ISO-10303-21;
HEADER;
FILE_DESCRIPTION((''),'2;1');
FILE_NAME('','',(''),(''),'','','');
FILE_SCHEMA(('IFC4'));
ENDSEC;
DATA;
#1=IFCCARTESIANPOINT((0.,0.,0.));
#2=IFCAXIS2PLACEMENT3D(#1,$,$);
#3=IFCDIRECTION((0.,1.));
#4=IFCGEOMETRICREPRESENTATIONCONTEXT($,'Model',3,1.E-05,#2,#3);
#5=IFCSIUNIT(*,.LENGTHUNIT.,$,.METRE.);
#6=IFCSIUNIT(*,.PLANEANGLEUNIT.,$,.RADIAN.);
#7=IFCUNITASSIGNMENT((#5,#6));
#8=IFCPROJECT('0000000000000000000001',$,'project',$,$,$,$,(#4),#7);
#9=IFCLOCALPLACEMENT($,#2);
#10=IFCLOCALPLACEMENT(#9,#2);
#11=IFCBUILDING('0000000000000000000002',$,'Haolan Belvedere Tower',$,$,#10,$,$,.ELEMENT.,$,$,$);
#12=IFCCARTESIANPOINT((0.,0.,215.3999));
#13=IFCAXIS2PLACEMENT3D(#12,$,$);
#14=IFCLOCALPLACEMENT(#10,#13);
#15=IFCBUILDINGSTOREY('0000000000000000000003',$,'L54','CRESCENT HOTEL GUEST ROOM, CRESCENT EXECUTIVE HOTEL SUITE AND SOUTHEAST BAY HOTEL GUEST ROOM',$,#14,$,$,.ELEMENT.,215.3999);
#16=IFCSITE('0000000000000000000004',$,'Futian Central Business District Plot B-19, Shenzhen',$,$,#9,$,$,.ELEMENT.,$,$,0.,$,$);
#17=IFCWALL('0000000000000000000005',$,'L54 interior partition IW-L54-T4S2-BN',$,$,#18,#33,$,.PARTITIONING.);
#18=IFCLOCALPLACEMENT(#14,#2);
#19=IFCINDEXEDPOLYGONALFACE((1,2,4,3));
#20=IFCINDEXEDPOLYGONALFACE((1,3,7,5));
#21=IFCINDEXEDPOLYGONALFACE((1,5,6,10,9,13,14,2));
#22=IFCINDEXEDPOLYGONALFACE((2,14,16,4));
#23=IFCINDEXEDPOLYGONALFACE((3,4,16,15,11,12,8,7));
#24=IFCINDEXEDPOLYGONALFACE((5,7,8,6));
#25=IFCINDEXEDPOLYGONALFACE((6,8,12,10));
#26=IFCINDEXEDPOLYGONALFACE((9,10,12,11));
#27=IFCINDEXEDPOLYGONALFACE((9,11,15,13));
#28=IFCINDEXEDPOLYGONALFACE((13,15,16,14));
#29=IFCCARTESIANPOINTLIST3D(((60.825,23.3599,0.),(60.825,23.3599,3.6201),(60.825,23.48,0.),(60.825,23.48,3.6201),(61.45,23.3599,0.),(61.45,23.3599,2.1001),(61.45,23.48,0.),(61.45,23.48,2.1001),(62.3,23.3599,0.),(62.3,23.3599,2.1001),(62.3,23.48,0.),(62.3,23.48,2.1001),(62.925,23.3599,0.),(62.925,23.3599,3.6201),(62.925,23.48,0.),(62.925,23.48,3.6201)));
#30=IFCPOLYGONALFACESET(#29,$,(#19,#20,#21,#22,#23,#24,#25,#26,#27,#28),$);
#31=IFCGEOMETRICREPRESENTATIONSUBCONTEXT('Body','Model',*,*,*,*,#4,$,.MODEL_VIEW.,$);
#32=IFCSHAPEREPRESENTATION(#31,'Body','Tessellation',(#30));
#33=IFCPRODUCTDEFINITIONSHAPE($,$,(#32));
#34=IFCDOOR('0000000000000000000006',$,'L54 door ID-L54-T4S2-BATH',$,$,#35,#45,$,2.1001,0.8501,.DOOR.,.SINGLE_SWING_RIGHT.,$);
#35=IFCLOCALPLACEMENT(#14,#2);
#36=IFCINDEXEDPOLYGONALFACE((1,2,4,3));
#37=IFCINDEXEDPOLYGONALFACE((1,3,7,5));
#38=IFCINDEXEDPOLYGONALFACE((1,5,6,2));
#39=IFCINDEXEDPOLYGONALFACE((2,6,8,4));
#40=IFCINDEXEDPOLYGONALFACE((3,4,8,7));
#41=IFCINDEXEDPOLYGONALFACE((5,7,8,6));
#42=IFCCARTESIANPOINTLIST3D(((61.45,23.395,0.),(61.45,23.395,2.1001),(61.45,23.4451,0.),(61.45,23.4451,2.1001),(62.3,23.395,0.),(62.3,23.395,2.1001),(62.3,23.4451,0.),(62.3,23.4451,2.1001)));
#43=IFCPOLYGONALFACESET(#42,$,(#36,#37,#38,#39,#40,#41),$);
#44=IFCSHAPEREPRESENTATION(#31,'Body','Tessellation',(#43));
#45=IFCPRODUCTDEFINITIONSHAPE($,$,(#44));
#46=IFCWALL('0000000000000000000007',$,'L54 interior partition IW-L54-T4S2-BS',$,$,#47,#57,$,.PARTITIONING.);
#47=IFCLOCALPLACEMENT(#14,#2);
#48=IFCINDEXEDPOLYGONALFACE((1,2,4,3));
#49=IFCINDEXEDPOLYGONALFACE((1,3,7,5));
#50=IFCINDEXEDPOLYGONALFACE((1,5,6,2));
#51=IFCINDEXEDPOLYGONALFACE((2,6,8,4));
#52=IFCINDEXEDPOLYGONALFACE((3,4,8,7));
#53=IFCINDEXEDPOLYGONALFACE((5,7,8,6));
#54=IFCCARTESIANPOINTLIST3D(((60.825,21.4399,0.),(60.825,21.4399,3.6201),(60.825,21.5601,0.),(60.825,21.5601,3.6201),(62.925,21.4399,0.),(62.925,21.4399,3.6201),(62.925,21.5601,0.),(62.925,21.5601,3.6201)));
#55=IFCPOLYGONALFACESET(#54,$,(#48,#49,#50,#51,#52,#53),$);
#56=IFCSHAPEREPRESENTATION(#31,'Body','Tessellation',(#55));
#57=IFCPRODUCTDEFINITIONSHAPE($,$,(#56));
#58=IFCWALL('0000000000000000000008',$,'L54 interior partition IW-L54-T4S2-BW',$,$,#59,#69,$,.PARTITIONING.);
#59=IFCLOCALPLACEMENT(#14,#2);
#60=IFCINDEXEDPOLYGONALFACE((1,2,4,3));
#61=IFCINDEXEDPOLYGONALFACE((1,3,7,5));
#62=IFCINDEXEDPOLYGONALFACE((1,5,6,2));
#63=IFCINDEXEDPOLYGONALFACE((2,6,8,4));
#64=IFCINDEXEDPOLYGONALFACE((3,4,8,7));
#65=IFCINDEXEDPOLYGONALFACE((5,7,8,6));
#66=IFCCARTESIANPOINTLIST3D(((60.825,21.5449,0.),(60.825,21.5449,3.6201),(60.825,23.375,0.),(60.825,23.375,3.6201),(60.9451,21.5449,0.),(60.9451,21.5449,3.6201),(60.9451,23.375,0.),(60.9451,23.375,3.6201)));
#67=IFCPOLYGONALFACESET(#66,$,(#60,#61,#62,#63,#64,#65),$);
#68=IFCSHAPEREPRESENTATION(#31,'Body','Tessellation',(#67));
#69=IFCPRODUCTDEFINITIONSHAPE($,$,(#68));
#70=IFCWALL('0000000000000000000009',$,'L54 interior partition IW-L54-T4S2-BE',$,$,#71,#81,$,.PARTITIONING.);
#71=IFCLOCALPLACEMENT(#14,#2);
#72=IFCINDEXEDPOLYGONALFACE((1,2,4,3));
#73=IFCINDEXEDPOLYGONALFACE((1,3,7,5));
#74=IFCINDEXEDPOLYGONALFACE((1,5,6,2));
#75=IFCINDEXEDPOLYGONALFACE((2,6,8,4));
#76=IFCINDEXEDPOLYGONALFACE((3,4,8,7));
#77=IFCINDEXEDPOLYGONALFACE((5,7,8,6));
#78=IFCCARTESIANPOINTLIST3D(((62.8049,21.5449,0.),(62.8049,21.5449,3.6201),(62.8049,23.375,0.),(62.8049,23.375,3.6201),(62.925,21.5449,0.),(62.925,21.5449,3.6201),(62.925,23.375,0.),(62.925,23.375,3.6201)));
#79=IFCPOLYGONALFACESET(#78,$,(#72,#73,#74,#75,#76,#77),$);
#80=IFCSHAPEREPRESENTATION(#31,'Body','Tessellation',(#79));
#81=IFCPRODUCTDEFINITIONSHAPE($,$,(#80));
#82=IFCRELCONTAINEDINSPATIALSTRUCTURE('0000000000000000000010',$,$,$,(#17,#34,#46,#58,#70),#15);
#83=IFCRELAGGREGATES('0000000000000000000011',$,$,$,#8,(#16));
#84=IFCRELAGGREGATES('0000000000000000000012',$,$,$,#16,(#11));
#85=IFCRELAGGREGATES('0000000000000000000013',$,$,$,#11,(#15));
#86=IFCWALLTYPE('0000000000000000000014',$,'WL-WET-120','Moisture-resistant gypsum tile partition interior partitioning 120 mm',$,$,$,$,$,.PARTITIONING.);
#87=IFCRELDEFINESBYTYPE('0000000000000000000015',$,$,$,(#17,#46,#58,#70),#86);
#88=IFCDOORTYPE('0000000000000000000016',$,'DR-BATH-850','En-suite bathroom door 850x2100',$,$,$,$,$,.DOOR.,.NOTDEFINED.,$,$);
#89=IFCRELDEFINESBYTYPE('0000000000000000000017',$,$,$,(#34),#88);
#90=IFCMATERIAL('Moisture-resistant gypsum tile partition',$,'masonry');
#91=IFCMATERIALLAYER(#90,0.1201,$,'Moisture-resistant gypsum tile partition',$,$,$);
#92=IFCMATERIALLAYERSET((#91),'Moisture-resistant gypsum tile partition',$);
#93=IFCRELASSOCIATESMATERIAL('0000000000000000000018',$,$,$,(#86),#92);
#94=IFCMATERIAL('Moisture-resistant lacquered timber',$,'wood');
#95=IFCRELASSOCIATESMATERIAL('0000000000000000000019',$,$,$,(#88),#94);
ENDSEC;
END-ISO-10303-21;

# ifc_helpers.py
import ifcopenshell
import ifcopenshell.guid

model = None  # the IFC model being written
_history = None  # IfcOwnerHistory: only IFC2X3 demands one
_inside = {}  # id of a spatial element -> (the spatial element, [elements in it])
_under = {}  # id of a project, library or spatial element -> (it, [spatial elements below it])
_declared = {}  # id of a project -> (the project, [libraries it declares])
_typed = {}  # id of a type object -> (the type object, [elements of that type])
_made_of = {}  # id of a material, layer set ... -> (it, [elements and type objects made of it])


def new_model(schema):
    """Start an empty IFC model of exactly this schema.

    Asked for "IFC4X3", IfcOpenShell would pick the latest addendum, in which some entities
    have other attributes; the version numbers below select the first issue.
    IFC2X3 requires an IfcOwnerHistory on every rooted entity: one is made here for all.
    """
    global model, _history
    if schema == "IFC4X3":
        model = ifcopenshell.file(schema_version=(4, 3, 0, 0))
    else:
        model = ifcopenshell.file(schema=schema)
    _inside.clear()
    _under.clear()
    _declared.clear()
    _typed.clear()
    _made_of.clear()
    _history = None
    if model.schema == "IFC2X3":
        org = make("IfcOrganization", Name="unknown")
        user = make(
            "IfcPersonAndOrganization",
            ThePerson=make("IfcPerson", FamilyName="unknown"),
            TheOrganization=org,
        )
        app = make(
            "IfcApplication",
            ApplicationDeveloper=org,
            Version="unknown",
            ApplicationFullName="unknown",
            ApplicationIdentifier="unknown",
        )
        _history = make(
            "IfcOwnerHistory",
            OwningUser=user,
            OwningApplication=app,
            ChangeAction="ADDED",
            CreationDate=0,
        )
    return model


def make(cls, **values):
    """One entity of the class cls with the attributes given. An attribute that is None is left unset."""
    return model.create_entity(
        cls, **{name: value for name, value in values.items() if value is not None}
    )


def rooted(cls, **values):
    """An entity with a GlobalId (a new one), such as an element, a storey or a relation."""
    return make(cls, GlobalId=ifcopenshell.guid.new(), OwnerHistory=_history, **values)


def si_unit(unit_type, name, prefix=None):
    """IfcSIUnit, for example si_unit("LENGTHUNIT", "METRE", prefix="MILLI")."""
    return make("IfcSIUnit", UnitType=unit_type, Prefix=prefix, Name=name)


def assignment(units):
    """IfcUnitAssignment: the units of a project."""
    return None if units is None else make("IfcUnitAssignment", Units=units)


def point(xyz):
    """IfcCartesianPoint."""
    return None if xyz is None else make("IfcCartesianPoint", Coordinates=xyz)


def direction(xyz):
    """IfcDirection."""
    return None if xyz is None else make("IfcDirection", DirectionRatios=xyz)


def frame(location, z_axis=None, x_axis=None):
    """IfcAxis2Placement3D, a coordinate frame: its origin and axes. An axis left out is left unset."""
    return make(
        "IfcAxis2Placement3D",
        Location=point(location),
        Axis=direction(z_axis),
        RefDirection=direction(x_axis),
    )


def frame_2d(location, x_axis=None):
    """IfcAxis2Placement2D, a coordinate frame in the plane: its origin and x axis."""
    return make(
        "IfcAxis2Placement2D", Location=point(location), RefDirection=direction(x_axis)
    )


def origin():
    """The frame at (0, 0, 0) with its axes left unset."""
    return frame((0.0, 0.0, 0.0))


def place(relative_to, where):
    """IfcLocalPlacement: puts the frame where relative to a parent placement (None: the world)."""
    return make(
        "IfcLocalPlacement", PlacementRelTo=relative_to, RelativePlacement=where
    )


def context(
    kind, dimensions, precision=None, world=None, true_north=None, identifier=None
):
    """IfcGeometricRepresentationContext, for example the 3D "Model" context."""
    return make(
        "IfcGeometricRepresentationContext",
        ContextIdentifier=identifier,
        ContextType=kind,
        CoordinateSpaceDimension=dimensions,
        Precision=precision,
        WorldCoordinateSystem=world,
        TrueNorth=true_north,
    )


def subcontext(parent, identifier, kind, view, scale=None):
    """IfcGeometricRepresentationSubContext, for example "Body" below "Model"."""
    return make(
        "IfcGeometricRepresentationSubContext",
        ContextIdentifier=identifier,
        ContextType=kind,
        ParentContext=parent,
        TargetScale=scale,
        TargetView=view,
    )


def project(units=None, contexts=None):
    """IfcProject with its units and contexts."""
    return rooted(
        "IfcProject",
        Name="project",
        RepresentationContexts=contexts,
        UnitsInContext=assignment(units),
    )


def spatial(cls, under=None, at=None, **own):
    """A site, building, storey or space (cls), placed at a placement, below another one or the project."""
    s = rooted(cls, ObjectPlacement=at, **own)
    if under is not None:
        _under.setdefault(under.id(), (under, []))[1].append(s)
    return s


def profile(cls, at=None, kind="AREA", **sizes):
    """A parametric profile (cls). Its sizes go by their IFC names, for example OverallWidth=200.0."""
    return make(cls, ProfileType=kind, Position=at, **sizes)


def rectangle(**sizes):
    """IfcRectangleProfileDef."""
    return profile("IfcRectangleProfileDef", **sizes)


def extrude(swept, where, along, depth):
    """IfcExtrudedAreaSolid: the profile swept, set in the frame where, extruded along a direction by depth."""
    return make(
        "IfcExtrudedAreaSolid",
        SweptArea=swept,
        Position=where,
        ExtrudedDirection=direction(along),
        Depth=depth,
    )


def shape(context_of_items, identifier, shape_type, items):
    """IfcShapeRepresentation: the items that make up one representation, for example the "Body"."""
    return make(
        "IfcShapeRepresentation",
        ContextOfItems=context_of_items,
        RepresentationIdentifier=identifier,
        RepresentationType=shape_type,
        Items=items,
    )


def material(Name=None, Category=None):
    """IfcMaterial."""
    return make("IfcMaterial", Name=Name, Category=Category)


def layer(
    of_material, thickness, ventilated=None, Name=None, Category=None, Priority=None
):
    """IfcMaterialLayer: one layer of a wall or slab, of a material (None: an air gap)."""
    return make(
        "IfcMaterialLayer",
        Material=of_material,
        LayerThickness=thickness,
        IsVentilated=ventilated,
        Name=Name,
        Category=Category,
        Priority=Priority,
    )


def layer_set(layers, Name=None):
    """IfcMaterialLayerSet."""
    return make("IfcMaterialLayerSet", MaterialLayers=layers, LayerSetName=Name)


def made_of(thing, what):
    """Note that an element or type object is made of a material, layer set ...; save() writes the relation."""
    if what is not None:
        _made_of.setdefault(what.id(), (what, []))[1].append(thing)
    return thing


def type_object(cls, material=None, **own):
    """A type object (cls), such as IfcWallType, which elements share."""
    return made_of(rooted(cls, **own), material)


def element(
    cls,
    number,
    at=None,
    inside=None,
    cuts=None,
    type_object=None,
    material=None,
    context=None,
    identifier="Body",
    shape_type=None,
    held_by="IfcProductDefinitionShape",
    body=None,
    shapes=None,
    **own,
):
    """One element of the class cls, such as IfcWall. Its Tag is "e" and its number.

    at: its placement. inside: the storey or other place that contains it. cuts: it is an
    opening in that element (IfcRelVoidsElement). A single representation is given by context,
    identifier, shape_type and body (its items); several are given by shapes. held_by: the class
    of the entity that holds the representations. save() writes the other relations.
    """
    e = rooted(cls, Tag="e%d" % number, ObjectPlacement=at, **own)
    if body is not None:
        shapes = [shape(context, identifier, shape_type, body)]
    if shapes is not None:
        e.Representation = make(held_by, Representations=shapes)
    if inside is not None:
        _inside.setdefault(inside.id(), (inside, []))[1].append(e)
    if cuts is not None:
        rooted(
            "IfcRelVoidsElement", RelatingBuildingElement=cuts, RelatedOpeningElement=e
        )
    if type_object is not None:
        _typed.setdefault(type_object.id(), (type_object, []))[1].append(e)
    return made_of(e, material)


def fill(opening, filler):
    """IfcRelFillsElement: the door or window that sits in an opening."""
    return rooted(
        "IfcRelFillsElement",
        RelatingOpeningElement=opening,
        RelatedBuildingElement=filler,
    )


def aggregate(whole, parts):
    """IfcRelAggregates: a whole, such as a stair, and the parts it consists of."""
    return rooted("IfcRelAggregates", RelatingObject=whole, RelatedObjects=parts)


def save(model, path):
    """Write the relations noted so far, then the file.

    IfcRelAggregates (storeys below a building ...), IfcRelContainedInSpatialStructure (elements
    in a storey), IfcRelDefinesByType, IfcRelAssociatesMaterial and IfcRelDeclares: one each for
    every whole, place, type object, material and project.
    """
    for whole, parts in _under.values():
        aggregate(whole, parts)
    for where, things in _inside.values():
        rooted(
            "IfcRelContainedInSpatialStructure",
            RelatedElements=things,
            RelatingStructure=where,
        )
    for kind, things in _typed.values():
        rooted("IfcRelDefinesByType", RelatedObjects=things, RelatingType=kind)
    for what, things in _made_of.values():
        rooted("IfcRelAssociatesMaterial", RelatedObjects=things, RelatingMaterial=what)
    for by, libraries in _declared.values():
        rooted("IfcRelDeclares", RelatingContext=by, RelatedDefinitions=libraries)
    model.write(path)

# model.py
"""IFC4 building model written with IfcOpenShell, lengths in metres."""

from ifc_helpers import new_model, si_unit, direction, frame, frame_2d, origin, place, context, subcontext, project, spatial, rectangle, extrude, material, layer, layer_set, type_object, element, fill, save


model = new_model("IFC4")

# Units and contexts
model_context = context("Model", 3, precision=1e-05, world=origin(), true_north=direction((0.0, 1.0)))
body_context = subcontext(model_context, "Body", "Model", "MODEL_VIEW")
ifc_project = project(units=[si_unit("LENGTHUNIT", "METRE"), si_unit("PLANEANGLEUNIT", "RADIAN")], contexts=[model_context])

# Site, building, storey
site_placement = place(None, origin())
site = spatial("IfcSite", under=ifc_project, at=site_placement, Name="Futian Central Business District Plot B-19, Shenzhen", CompositionType="ELEMENT", RefElevation=0.0)
building_placement = place(site_placement, origin())
building = spatial("IfcBuilding", under=site, at=building_placement, Name="Haolan Belvedere Tower", CompositionType="ELEMENT")
storey_placement = place(building_placement, frame((0.0, 0.0, 215.3999)))
storey = spatial("IfcBuildingStorey", under=building, at=storey_placement, Name="L54", Description="CRESCENT HOTEL GUEST ROOM, CRESCENT EXECUTIVE HOTEL SUITE AND SOUTHEAST BAY HOTEL GUEST ROOM", CompositionType="ELEMENT", Elevation=215.3999)

# Shared definitions
ifc_material_1 = material(Name="Moisture-resistant gypsum tile partition", Category="masonry")
ifc_layer_1 = layer(ifc_material_1, 0.1201, Name="Moisture-resistant gypsum tile partition")
ifc_layer_set_1 = layer_set([ifc_layer_1], Name="Moisture-resistant gypsum tile partition")
wall_type_1 = type_object("IfcWallType", Name="WL-WET-120", Description="Moisture-resistant gypsum tile partition interior partitioning 120 mm", PredefinedType="PARTITIONING", material=ifc_layer_set_1)

# Shared definitions
ifc_material_2 = material(Name="Moisture-resistant lacquered timber", Category="wood")
door_type = type_object("IfcDoorType", Name="DR-BATH-850", Description="En-suite bathroom door 850x2100", OperationType="NOTDEFINED", PredefinedType="DOOR", material=ifc_material_2)

# Wall, opening, door
wall_1_placement = place(storey_placement, frame((60.825, 23.4199, 0.0), z_axis=(0.0, 0.0, 1.0), x_axis=(1.0, 0.0, 0.0)))
wall_1 = element("IfcWall", 1, at=wall_1_placement, inside=storey, type_object=wall_type_1, Name="L54 interior partition IW-L54-T4S2-BN", PredefinedType="PARTITIONING", context=body_context, shape_type="SweptSolid", body=[
    extrude(rectangle(XDim=2.1001, YDim=0.1201, at=frame_2d((1.05, 0.0))), origin(), (0.0, 0.0, 1.0), 3.6201),
])
opening_1_placement = place(wall_1_placement, frame((1.4751, 0.0, 0.0), z_axis=(0.0, 0.0, 1.0), x_axis=(-1.0, 0.0, 0.0)))
opening_1 = element("IfcOpeningElement", 2, at=opening_1_placement, cuts=wall_1, PredefinedType="OPENING", context=body_context, shape_type="SweptSolid", body=[
    extrude(rectangle(XDim=0.8501, YDim=2.1001, at=frame_2d((0.425, 1.05))), frame((0.0, 0.0701, 0.0), z_axis=(0.0, -1.0, 0.0), x_axis=(1.0, 0.0, 0.0)), (0.0, 0.0, 1.0), 0.1401),
])
door_1_placement = place(opening_1_placement, origin())
door_1 = element("IfcDoor", 3, at=door_1_placement, inside=storey, type_object=door_type, Name="L54 door ID-L54-T4S2-BATH", OperationType="SINGLE_SWING_RIGHT", OverallHeight=2.1001, OverallWidth=0.8501, PredefinedType="DOOR", context=body_context, shape_type="SweptSolid", body=[
    extrude(rectangle(XDim=0.8501, YDim=2.1001, at=frame_2d((0.425, 1.05))), frame((0.0, 0.0249, 0.0), z_axis=(0.0, -1.0, 0.0), x_axis=(1.0, 0.0, 0.0)), (0.0, 0.0, 1.0), 0.05),
])
fill(opening_1, door_1)

# Walls
wall_2_placement = place(storey_placement, frame((60.825, 21.5, 0.0), z_axis=(0.0, 0.0, 1.0), x_axis=(1.0, 0.0, 0.0)))
element("IfcWall", 4, at=wall_2_placement, inside=storey, type_object=wall_type_1, Name="L54 interior partition IW-L54-T4S2-BS", PredefinedType="PARTITIONING", context=body_context, shape_type="SweptSolid", body=[
    extrude(rectangle(XDim=2.1001, YDim=0.1201, at=frame_2d((1.05, 0.0))), origin(), (0.0, 0.0, 1.0), 3.6201),
])
for number, where, z_axis, x_axis, name in (
    (5, (60.885, 21.5449, 0.0), (0.0, 0.0, 1.0), (0.0, 1.0, 0.0), "L54 interior partition IW-L54-T4S2-BW"),
    (6, (62.865, 21.5449, 0.0), (0.0, 0.0, 1.0), (0.0, 1.0, 0.0), "L54 interior partition IW-L54-T4S2-BE"),
):
    element("IfcWall", number, at=place(storey_placement, frame(where, z_axis=z_axis, x_axis=x_axis)), inside=storey, type_object=wall_type_1, Name=name, PredefinedType="PARTITIONING", context=body_context, shape_type="SweptSolid", body=[
        extrude(rectangle(XDim=1.8301, YDim=0.1201, at=frame_2d((0.915, 0.0))), origin(), (0.0, 0.0, 1.0), 3.6201),
    ])

save(model, "model.ifc")
